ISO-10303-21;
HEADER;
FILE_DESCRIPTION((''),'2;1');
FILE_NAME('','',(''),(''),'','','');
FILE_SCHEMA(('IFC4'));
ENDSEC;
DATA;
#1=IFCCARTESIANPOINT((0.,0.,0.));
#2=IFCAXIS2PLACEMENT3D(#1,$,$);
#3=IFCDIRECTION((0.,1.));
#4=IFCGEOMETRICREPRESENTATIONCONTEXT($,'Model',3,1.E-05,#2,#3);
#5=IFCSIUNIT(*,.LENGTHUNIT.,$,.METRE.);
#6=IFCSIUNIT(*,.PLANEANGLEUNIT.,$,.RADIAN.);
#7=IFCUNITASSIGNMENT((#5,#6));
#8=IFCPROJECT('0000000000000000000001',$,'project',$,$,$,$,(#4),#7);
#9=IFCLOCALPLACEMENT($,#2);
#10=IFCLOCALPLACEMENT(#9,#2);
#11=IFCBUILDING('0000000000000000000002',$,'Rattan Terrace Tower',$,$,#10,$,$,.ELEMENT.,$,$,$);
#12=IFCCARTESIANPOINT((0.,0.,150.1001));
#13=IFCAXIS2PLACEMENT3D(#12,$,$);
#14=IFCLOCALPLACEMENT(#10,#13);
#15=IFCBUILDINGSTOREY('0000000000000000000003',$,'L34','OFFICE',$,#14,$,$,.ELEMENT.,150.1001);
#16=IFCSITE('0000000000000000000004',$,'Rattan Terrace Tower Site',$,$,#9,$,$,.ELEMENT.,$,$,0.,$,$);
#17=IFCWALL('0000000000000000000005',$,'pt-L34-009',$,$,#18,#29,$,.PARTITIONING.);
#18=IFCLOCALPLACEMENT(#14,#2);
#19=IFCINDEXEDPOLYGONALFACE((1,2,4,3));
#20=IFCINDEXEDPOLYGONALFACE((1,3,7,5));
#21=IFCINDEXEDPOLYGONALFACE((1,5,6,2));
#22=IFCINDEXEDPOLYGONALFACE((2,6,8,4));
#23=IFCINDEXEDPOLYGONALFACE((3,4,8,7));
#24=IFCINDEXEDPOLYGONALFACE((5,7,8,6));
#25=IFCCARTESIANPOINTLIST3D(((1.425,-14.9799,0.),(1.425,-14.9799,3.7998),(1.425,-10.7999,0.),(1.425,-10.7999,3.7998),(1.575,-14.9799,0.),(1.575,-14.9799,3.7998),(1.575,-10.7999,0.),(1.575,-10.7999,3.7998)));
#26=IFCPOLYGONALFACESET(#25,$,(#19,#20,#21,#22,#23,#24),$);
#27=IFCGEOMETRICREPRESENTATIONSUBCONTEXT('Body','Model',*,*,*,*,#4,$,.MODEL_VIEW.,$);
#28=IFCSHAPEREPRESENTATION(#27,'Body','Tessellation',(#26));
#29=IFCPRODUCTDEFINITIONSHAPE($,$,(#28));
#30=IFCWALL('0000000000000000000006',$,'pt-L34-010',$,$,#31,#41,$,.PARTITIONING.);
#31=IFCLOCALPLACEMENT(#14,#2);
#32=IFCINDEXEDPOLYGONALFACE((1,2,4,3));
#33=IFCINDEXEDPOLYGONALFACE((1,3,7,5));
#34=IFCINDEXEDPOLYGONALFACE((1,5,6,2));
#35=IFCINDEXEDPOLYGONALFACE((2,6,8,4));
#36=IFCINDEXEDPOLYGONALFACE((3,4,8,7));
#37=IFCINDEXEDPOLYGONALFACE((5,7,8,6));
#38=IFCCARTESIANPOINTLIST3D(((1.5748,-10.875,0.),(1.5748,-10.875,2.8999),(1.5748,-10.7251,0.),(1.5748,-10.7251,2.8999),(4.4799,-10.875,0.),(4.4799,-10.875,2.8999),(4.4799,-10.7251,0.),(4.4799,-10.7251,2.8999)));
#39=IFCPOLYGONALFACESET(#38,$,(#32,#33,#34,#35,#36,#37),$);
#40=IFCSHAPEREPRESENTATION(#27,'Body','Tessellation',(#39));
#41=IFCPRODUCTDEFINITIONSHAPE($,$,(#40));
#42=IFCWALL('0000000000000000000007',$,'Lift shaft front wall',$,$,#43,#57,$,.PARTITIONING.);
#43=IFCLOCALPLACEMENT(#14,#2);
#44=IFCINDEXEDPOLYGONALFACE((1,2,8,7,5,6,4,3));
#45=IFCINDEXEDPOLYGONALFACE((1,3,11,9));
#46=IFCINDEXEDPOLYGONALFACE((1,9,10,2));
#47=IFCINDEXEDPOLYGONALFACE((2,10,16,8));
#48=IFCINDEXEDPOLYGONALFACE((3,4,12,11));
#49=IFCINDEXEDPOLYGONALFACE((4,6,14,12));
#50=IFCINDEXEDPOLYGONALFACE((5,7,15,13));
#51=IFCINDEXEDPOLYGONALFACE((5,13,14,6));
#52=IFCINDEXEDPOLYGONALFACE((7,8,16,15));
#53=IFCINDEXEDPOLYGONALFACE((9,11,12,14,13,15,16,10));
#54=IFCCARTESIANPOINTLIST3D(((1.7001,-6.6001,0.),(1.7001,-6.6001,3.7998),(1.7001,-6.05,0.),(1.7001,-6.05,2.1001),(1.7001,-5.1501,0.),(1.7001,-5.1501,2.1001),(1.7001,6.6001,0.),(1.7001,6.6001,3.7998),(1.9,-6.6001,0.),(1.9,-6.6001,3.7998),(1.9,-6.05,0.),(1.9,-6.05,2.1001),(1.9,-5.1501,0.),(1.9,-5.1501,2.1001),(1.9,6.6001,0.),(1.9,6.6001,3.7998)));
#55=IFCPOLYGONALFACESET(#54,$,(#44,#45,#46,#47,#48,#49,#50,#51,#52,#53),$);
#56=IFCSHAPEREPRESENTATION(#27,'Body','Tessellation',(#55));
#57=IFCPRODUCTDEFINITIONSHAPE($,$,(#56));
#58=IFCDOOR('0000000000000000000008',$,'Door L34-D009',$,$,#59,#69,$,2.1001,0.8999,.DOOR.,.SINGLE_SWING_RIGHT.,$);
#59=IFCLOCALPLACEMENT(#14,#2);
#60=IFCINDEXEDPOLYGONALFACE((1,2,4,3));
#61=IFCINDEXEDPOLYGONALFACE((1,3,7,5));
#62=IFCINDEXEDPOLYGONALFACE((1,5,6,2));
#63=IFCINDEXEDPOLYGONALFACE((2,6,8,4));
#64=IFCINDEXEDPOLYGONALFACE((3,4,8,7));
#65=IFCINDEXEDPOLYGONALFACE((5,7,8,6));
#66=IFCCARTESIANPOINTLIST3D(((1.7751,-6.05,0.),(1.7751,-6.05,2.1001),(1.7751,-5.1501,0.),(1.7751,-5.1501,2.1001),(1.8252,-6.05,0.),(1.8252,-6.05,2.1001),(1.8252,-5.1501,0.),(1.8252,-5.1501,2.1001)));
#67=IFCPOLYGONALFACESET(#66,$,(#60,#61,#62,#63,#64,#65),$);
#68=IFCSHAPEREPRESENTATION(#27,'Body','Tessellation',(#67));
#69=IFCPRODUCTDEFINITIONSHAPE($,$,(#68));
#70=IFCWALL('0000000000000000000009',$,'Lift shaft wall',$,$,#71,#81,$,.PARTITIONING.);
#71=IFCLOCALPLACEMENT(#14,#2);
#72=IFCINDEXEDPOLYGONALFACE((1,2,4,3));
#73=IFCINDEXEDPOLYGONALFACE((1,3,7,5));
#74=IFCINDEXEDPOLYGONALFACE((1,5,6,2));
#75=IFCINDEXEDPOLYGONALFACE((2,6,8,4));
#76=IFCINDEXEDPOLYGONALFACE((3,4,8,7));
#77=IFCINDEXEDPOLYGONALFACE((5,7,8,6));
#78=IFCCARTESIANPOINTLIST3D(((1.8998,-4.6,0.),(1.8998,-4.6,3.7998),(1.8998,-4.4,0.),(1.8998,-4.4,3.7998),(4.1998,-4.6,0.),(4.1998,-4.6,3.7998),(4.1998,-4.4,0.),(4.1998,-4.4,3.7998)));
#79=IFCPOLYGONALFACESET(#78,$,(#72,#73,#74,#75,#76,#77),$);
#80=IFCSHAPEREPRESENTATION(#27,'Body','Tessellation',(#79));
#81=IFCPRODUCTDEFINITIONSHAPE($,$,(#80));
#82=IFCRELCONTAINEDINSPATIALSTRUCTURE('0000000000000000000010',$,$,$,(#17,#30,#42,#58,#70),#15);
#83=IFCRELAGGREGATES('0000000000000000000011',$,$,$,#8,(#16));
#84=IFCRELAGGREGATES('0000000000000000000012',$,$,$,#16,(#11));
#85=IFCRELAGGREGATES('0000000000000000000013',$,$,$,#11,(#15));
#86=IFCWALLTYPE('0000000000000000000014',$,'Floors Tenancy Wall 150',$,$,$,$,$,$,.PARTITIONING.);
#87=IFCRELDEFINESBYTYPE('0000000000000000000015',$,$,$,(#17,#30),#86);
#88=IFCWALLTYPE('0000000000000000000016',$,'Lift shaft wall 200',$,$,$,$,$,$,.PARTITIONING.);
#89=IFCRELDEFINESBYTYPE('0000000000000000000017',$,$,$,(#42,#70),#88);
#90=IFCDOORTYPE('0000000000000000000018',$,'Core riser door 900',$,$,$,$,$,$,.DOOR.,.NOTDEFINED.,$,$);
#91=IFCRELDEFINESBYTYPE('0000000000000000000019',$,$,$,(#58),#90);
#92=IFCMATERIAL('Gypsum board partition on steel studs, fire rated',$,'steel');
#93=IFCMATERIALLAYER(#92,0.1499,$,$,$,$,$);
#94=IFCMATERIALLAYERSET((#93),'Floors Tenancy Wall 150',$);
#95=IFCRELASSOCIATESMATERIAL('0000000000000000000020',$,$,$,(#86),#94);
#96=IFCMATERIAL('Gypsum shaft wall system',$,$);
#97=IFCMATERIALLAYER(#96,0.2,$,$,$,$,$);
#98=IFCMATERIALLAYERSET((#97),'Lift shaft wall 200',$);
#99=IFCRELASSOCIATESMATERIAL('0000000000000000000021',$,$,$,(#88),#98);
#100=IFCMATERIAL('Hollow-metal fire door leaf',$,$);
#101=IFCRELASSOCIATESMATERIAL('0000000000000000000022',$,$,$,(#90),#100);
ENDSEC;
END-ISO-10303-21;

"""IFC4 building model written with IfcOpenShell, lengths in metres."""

from ifc_helpers import new_model, si_unit, direction, frame, frame_2d, origin, place, context, subcontext, project, spatial, rectangle, extrude, material, layer, layer_set, type_object, element, fill, save


model = new_model("IFC4")

# Units and contexts
model_context = context("Model", 3, precision=1e-05, world=origin(), true_north=direction((0.0, 1.0)))
body_context = subcontext(model_context, "Body", "Model", "MODEL_VIEW")
ifc_project = project(units=[si_unit("LENGTHUNIT", "METRE"), si_unit("PLANEANGLEUNIT", "RADIAN")], contexts=[model_context])

# Site, building, storey
site_placement = place(None, origin())
site = spatial("IfcSite", under=ifc_project, at=site_placement, Name="Rattan Terrace Tower Site", CompositionType="ELEMENT", RefElevation=0.0)
building_placement = place(site_placement, origin())
building = spatial("IfcBuilding", under=site, at=building_placement, Name="Rattan Terrace Tower", CompositionType="ELEMENT")
storey_placement = place(building_placement, frame((0.0, 0.0, 150.1001)))
storey = spatial("IfcBuildingStorey", under=building, at=storey_placement, Name="L34", Description="OFFICE", CompositionType="ELEMENT", Elevation=150.1001)

# Shared definitions
ifc_material_1 = material(Name="Gypsum board partition on steel studs, fire rated", Category="steel")
ifc_layer_1 = layer(ifc_material_1, 0.1499)
ifc_layer_set_1 = layer_set([ifc_layer_1], Name="Floors Tenancy Wall 150")
wall_type_1 = type_object("IfcWallType", Name="Floors Tenancy Wall 150", PredefinedType="PARTITIONING", material=ifc_layer_set_1)

# Walls
wall_1_placement = place(storey_placement, frame((1.5, -10.8, 0.0), z_axis=(0.0, 0.0, 1.0), x_axis=(0.0, -1.0, 0.0)))
element("IfcWall", 1, at=wall_1_placement, inside=storey, type_object=wall_type_1, Name="pt-L34-009", PredefinedType="PARTITIONING", context=body_context, shape_type="SweptSolid", body=[
    extrude(rectangle(XDim=4.1799, YDim=0.1499, at=frame_2d((2.0898, 0.0))), origin(), (0.0, 0.0, 1.0), 3.7998),
])
wall_2_placement = place(storey_placement, frame((4.48, -10.8, 0.0), z_axis=(0.0, 0.0, 1.0), x_axis=(-1.0, 0.0, 0.0)))
element("IfcWall", 2, at=wall_2_placement, inside=storey, type_object=wall_type_1, Name="pt-L34-010", PredefinedType="PARTITIONING", context=body_context, shape_type="SweptSolid", body=[
    extrude(rectangle(XDim=2.905, YDim=0.1499, at=frame_2d((1.4526, 0.0))), origin(), (0.0, 0.0, 1.0), 2.8999),
])

# Wall, opening, door
ifc_material_2 = material(Name="Gypsum shaft wall system")
ifc_layer_2 = layer(ifc_material_2, 0.2)
ifc_layer_set_2 = layer_set([ifc_layer_2], Name="Lift shaft wall 200")
wall_type_2 = type_object("IfcWallType", Name="Lift shaft wall 200", PredefinedType="PARTITIONING", material=ifc_layer_set_2)
wall_3_placement = place(storey_placement, frame((1.8, -6.6001, 0.0), z_axis=(0.0, 0.0, 1.0), x_axis=(0.0, 1.0, 0.0)))
wall_3 = element("IfcWall", 3, at=wall_3_placement, inside=storey, type_object=wall_type_2, Name="Lift shaft front wall", PredefinedType="PARTITIONING", context=body_context, shape_type="SweptSolid", body=[
    extrude(rectangle(XDim=13.2002, YDim=0.2, at=frame_2d((6.6001, 0.0))), origin(), (0.0, 0.0, 1.0), 3.7998),
])
opening_1_placement = place(wall_3_placement, frame((0.55, 0.0, 0.0)))
opening_1 = element("IfcOpeningElement", 4, at=opening_1_placement, cuts=wall_3, PredefinedType="OPENING", context=body_context, shape_type="SweptSolid", body=[
    extrude(rectangle(XDim=0.8999, YDim=2.1001, at=frame_2d((0.45, 1.05))), frame((0.0, 0.1106, 0.0), z_axis=(0.0, -1.0, 0.0), x_axis=(1.0, 0.0, 0.0)), (0.0, 0.0, 1.0), 0.2209),
])
ifc_material_3 = material(Name="Hollow-metal fire door leaf")
door_type_1 = type_object("IfcDoorType", Name="Core riser door 900", OperationType="NOTDEFINED", PredefinedType="DOOR", material=ifc_material_3)
door_1_placement = place(opening_1_placement, origin())
door_1 = element("IfcDoor", 5, at=door_1_placement, inside=storey, type_object=door_type_1, Name="Door L34-D009", OperationType="SINGLE_SWING_RIGHT", OverallHeight=2.1001, OverallWidth=0.8999, PredefinedType="DOOR", context=body_context, shape_type="SweptSolid", body=[
    extrude(rectangle(XDim=0.8999, YDim=2.1001, at=frame_2d((0.45, 1.05))), frame((0.0, 0.0249, 0.0), z_axis=(0.0, -1.0, 0.0), x_axis=(1.0, 0.0, 0.0)), (0.0, 0.0, 1.0), 0.05),
])
fill(opening_1, door_1)

# Wall
wall_4_placement = place(storey_placement, frame((1.8999, -4.5, 0.0), z_axis=(0.0, 0.0, 1.0), x_axis=(1.0, 0.0, 0.0)))
element("IfcWall", 6, at=wall_4_placement, inside=storey, type_object=wall_type_2, Name="Lift shaft wall", PredefinedType="PARTITIONING", context=body_context, shape_type="SweptSolid", body=[
    extrude(rectangle(XDim=2.3, YDim=0.2, at=frame_2d((1.1499, 0.0))), origin(), (0.0, 0.0, 1.0), 3.7998),
])

save(model, "model.ifc")
